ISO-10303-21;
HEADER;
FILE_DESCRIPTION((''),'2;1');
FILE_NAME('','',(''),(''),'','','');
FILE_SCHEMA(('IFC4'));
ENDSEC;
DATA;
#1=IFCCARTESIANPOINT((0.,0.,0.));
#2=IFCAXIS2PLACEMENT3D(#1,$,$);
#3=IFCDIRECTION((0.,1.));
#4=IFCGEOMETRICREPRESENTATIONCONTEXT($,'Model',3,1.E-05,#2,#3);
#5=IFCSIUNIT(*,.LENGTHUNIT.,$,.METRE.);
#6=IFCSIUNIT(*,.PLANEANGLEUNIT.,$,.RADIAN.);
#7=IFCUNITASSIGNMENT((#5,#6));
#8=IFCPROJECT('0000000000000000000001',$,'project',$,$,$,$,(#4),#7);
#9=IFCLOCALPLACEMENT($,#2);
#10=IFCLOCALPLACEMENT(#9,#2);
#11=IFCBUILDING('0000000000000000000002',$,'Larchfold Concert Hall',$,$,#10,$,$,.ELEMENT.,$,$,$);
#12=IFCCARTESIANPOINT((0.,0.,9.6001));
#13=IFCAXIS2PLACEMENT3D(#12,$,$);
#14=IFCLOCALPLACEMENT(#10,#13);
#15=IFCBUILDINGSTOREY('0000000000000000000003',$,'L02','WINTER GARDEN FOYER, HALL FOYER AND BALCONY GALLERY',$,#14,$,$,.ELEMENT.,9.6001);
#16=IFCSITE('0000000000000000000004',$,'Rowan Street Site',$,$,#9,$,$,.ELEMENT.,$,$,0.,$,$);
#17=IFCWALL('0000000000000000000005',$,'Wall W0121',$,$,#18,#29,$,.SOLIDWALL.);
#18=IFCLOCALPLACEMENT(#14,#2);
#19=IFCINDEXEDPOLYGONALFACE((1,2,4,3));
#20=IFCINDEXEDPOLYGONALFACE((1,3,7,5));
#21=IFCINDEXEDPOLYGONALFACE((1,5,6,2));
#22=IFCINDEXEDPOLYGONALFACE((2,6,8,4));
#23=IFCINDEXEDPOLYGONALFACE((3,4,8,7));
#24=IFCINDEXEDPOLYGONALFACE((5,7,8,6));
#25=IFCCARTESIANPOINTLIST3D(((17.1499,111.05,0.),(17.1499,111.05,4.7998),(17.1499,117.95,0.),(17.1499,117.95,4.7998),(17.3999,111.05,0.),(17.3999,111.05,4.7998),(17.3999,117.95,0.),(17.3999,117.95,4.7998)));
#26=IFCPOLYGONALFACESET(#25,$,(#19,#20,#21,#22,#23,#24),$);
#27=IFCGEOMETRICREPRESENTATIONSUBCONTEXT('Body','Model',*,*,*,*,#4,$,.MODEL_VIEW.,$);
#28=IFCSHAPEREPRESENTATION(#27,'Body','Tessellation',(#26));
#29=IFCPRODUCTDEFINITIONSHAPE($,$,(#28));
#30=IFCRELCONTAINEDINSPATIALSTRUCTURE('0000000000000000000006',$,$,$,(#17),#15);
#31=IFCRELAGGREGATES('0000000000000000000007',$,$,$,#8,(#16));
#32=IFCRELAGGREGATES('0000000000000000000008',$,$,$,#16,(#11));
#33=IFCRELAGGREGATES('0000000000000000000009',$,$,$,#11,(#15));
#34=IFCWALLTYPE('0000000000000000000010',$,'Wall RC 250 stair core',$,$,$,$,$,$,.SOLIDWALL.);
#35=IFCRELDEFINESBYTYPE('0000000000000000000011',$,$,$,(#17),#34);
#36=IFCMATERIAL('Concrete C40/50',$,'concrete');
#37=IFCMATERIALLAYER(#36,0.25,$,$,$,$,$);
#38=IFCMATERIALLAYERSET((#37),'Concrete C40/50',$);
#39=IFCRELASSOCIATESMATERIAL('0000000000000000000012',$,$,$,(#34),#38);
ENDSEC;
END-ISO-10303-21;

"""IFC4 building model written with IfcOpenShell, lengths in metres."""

from ifc_helpers import new_model, si_unit, direction, frame, frame_2d, origin, place, context, subcontext, project, spatial, rectangle, extrude, material, layer, layer_set, type_object, element, save


model = new_model("IFC4")

# Units and contexts
model_context = context("Model", 3, precision=1e-05, world=origin(), true_north=direction((0.0, 1.0)))
body_context = subcontext(model_context, "Body", "Model", "MODEL_VIEW")
ifc_project = project(units=[si_unit("LENGTHUNIT", "METRE"), si_unit("PLANEANGLEUNIT", "RADIAN")], contexts=[model_context])

# Site, building, storey
site_placement = place(None, origin())
site = spatial("IfcSite", under=ifc_project, at=site_placement, Name="Rowan Street Site", CompositionType="ELEMENT", RefElevation=0.0)
building_placement = place(site_placement, origin())
building = spatial("IfcBuilding", under=site, at=building_placement, Name="Larchfold Concert Hall", CompositionType="ELEMENT")
storey_placement = place(building_placement, frame((0.0, 0.0, 9.6001)))
storey = spatial("IfcBuildingStorey", under=building, at=storey_placement, Name="L02", Description="WINTER GARDEN FOYER, HALL FOYER AND BALCONY GALLERY", CompositionType="ELEMENT", Elevation=9.6001)

# Wall
ifc_material_1 = material(Name="Concrete C40/50", Category="concrete")
ifc_layer_1 = layer(ifc_material_1, 0.25)
ifc_layer_set_1 = layer_set([ifc_layer_1], Name="Concrete C40/50")
wall_type = type_object("IfcWallType", Name="Wall RC 250 stair core", PredefinedType="SOLIDWALL", material=ifc_layer_set_1)
wall_1_placement = place(storey_placement, frame((17.2749, 111.05, 0.0), z_axis=(0.0, 0.0, 1.0), x_axis=(0.0, 1.0, 0.0)))
element("IfcWall", 1, at=wall_1_placement, inside=storey, type_object=wall_type, Name="Wall W0121", PredefinedType="SOLIDWALL", context=body_context, shape_type="SweptSolid", body=[
    extrude(rectangle(XDim=6.8999, YDim=0.25, at=frame_2d((3.45, 0.0))), origin(), (0.0, 0.0, 1.0), 4.7998),
])

save(model, "model.ifc")
